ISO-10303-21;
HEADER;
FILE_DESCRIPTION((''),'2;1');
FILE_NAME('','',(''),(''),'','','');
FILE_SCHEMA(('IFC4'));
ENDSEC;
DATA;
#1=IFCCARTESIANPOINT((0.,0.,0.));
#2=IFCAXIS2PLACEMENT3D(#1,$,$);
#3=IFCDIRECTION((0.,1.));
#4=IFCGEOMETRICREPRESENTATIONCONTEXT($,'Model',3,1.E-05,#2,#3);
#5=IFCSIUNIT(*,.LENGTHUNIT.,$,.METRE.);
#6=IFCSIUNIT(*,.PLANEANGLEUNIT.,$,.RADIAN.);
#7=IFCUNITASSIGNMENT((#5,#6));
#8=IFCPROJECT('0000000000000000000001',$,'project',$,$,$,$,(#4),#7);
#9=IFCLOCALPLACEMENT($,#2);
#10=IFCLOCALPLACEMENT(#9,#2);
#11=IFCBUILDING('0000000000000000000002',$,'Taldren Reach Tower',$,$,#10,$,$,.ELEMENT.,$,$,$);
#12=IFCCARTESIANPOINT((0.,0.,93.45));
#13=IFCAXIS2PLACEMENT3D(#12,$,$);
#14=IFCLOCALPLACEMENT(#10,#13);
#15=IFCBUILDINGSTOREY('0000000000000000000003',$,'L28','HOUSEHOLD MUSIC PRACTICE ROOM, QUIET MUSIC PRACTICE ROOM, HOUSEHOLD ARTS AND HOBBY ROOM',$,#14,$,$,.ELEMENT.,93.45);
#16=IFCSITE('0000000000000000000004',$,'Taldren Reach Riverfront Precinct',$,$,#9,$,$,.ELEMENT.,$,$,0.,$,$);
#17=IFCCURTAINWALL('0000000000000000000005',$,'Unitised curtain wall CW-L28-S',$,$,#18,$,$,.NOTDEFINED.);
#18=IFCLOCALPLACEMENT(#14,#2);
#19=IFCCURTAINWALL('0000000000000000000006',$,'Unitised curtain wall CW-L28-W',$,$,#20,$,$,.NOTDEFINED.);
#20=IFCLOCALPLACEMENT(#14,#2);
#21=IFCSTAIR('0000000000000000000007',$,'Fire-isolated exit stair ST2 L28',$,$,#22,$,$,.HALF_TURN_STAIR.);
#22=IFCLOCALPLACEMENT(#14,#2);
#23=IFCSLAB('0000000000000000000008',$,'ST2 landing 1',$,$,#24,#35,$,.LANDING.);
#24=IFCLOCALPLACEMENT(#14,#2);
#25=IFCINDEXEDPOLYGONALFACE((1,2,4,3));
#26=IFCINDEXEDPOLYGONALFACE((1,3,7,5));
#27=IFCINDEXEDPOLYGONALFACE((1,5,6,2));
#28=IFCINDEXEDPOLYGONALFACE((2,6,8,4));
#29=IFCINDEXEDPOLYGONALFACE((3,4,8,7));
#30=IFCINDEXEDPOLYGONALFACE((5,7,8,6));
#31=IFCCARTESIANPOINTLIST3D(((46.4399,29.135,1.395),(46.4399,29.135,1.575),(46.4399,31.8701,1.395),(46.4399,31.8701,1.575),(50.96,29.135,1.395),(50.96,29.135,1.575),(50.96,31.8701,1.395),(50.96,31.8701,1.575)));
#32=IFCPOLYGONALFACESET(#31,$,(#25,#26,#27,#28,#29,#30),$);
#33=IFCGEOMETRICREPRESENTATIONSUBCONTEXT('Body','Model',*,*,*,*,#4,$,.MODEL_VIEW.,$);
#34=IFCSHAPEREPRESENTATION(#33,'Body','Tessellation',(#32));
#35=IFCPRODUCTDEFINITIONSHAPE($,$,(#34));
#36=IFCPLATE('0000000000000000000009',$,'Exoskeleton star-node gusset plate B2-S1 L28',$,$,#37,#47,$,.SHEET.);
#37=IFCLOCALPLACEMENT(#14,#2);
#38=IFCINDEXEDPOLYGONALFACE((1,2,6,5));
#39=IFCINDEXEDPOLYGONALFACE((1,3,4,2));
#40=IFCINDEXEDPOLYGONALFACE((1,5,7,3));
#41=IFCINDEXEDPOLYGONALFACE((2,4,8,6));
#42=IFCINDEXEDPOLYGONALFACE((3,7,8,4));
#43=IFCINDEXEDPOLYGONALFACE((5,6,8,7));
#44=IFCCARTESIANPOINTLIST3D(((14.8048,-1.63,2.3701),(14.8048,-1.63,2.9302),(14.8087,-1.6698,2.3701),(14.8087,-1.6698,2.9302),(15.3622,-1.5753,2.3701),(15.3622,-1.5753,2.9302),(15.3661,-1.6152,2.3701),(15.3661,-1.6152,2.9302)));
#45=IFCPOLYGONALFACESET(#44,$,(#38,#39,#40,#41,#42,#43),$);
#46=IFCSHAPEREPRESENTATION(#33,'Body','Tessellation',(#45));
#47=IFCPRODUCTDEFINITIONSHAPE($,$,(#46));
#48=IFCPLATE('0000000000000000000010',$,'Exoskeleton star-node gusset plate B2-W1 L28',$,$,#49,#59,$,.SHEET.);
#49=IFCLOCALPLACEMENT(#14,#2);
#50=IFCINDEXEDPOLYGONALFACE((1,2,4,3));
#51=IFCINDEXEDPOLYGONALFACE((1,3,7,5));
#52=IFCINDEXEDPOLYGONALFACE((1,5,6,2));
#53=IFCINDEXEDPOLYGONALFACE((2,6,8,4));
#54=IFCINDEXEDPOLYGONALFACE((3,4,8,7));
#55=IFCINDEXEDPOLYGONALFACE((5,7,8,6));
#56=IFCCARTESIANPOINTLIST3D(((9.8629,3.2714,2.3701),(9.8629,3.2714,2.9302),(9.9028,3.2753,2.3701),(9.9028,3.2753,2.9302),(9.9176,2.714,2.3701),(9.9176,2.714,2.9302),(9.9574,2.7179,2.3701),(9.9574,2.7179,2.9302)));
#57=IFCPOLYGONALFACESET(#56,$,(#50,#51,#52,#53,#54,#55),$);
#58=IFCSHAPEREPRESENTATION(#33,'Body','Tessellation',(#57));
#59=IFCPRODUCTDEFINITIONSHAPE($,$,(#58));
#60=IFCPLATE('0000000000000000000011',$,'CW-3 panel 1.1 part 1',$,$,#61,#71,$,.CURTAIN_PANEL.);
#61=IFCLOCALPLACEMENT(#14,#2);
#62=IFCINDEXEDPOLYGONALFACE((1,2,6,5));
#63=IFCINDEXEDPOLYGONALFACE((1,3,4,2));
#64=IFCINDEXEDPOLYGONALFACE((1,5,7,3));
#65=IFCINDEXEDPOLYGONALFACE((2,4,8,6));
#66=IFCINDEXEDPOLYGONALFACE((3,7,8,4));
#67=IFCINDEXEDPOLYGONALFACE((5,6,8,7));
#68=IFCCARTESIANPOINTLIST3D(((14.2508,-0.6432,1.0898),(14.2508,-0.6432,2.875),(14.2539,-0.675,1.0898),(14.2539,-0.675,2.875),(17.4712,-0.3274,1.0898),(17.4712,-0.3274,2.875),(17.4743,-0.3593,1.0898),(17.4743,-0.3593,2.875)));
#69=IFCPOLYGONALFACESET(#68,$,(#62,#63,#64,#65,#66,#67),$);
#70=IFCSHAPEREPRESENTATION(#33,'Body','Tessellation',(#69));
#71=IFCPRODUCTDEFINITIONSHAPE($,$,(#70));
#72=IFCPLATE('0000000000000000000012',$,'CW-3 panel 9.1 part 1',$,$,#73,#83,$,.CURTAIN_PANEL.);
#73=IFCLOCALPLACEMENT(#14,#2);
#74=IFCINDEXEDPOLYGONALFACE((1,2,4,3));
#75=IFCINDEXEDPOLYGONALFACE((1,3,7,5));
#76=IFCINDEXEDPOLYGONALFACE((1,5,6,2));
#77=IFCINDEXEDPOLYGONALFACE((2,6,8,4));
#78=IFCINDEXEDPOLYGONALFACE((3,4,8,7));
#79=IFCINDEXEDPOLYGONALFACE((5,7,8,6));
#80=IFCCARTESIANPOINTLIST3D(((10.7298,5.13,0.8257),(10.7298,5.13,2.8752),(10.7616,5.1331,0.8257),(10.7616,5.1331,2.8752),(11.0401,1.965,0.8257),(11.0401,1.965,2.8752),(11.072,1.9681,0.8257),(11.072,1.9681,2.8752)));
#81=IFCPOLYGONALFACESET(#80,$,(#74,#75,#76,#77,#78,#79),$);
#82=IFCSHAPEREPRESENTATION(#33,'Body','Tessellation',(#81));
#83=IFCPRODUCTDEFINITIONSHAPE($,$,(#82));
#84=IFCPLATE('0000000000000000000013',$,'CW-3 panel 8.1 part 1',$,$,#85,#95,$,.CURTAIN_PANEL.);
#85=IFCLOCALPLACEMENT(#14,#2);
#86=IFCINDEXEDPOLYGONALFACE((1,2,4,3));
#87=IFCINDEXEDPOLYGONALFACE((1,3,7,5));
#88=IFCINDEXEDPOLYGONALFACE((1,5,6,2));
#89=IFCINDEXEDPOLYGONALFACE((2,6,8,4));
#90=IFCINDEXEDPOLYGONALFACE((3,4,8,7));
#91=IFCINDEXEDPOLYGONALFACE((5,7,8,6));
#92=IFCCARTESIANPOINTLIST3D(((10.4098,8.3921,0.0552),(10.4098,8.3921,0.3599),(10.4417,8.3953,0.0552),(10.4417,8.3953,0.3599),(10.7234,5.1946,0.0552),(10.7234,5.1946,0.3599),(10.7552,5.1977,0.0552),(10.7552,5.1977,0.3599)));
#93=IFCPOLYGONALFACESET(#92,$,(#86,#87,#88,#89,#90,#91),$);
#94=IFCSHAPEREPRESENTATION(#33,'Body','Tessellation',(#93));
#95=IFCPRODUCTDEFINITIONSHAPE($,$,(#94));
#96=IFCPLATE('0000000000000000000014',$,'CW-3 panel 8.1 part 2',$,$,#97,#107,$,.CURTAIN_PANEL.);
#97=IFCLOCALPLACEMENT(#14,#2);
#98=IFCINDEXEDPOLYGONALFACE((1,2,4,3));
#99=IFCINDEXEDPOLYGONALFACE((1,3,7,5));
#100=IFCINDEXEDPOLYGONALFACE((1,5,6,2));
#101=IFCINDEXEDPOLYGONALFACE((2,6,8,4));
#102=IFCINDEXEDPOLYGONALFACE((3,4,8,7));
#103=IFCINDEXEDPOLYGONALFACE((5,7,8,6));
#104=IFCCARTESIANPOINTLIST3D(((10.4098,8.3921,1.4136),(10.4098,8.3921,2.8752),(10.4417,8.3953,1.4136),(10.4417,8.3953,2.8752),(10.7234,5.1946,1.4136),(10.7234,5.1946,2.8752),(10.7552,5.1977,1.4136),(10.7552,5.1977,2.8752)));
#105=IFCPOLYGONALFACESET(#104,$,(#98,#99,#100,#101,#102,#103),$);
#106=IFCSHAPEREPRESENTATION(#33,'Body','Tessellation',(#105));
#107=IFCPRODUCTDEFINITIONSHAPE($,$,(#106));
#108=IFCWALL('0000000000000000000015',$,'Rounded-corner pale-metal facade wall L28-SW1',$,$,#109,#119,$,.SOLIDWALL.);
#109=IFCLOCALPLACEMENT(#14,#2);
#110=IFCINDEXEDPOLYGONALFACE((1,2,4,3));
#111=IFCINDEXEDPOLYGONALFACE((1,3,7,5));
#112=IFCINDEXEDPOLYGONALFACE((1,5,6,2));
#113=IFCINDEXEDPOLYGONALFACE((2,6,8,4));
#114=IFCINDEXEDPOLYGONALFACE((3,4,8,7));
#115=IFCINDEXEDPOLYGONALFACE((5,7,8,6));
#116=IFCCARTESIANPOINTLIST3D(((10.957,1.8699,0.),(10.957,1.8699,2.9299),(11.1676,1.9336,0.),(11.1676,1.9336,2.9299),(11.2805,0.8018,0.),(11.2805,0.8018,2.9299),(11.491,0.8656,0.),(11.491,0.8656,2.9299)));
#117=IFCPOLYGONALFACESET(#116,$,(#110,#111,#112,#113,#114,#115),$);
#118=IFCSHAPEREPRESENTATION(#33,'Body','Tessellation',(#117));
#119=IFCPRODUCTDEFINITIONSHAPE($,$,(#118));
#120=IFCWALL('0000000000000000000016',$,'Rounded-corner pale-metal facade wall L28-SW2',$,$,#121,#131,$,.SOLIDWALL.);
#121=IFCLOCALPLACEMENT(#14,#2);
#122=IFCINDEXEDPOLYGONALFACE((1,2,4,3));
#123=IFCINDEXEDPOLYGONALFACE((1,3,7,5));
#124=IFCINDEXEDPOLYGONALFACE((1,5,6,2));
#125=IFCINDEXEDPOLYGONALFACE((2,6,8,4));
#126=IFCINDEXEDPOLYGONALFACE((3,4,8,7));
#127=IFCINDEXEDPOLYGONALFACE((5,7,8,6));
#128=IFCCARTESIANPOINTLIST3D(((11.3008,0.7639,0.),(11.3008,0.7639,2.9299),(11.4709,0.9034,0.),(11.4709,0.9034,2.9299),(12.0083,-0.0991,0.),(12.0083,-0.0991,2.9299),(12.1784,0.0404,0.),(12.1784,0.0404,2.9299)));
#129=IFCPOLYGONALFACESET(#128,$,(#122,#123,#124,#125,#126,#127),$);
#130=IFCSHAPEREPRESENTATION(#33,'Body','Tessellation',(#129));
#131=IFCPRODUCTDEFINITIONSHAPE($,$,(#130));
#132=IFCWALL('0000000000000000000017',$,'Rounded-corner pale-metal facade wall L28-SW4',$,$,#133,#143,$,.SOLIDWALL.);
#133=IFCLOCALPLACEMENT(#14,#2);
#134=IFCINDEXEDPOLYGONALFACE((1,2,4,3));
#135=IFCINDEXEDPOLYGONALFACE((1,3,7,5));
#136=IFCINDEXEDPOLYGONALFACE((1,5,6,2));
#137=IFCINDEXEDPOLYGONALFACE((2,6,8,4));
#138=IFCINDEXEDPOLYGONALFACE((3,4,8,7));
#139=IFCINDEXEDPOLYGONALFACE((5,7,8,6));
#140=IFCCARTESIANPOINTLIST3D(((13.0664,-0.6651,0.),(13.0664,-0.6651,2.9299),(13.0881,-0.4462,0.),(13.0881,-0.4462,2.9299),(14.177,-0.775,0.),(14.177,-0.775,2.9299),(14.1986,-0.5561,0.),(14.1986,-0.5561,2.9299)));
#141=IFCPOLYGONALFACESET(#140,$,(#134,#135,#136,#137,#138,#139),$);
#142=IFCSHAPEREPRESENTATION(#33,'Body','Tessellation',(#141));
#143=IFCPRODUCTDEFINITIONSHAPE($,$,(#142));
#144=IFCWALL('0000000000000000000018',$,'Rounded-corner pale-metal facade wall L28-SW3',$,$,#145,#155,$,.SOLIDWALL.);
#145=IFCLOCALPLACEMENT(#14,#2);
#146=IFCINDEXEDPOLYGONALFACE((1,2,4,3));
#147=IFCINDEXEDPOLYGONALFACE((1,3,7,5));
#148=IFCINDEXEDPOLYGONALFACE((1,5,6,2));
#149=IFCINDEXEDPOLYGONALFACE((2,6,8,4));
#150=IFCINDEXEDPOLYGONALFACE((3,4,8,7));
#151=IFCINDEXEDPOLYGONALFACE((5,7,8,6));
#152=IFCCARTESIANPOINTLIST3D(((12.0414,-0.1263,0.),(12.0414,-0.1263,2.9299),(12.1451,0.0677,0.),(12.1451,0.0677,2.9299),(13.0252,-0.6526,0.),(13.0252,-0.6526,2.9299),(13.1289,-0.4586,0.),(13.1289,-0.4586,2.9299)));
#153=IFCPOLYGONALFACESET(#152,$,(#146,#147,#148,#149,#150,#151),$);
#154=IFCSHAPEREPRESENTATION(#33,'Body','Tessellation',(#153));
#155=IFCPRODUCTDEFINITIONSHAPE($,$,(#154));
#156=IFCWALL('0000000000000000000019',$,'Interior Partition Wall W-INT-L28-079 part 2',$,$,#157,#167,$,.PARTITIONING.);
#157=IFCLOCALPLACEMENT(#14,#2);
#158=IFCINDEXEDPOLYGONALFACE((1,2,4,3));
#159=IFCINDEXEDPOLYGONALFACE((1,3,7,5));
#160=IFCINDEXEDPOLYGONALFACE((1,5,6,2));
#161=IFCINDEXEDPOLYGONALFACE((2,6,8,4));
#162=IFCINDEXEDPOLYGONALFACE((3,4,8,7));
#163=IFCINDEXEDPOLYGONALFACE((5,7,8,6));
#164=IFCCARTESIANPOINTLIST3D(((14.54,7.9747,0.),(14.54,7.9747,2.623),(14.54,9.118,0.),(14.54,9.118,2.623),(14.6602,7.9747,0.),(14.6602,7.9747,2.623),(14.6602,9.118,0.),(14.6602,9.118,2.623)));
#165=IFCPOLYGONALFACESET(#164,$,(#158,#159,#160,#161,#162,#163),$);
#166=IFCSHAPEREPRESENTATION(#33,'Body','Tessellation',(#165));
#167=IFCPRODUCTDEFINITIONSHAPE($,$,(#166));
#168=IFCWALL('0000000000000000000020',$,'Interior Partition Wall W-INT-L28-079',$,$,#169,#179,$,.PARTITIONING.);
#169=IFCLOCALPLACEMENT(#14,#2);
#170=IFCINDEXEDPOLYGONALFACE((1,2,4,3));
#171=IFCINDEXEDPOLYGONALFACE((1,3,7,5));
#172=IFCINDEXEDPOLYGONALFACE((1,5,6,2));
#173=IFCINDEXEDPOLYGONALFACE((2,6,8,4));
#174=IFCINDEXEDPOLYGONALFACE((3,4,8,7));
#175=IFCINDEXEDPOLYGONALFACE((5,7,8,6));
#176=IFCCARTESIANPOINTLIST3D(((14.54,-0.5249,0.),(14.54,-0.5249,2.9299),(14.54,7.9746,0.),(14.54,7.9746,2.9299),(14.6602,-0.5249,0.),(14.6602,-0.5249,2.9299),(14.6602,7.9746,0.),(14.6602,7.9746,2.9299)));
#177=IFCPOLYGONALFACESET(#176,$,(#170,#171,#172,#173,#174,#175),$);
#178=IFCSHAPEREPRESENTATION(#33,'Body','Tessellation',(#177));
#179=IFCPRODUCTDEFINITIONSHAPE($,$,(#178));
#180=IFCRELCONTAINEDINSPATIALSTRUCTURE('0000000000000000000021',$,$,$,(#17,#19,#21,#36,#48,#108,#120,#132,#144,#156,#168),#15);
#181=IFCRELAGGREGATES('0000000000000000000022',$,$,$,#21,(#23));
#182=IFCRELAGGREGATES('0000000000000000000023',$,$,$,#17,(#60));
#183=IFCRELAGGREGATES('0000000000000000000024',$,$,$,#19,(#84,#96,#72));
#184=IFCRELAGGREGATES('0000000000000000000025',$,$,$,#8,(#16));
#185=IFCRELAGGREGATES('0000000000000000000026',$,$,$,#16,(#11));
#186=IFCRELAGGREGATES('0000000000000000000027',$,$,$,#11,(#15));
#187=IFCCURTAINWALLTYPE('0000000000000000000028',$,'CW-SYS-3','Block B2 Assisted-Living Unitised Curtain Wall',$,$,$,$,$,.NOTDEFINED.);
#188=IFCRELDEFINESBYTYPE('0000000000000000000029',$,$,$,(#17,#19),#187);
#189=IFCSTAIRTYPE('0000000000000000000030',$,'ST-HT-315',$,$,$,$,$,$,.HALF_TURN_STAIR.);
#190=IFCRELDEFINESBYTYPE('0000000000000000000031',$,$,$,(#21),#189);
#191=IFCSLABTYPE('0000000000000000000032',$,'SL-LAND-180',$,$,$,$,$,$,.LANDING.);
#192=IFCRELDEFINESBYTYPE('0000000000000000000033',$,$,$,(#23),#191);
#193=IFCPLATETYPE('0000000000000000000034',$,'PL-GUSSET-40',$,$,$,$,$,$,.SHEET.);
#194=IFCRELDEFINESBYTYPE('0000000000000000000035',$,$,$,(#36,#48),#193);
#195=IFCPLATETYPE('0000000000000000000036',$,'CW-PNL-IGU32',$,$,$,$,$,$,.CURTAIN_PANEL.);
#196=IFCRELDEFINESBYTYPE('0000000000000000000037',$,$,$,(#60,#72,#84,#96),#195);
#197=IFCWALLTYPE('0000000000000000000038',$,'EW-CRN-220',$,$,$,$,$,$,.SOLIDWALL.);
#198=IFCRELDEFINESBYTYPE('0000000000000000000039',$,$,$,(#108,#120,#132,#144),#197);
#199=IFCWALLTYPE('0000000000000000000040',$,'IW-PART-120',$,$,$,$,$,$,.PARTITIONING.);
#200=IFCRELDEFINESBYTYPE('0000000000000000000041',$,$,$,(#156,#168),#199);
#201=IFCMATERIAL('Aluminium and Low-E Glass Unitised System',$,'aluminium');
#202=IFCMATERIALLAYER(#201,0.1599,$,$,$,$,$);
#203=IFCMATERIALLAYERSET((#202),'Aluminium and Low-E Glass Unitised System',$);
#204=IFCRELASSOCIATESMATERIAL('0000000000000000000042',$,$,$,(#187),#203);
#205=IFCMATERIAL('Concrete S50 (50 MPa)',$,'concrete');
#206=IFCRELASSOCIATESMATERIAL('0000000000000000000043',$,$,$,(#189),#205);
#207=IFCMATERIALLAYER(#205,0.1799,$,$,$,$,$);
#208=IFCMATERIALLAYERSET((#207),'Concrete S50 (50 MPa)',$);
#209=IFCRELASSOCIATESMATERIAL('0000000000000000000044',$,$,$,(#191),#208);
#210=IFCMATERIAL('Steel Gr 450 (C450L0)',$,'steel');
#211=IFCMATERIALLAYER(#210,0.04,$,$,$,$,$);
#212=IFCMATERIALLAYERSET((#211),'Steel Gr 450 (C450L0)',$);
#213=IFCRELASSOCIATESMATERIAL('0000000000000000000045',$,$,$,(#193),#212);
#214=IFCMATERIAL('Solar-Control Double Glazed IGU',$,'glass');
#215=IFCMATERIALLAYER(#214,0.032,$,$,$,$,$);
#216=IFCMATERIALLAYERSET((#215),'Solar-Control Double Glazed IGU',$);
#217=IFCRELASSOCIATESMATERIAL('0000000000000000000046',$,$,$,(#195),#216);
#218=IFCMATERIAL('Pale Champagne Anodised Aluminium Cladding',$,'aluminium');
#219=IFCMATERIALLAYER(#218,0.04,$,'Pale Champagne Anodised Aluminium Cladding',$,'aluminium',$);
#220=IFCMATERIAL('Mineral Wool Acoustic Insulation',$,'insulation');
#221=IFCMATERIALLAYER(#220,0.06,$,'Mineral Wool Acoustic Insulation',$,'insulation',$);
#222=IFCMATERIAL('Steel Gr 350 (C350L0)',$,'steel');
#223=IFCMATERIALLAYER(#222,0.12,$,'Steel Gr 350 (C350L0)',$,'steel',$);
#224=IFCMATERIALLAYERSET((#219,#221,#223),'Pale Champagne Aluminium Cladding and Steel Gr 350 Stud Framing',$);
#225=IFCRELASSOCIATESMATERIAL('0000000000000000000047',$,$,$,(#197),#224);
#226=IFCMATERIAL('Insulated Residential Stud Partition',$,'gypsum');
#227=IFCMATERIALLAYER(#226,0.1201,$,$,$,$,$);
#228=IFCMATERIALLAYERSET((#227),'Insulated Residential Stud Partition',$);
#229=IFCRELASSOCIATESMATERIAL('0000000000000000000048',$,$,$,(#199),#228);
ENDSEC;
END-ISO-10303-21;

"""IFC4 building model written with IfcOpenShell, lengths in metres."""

from ifc_helpers import new_model, si_unit, direction, frame, frame_2d, origin, origin_2d, place, context, subcontext, project, spatial, polyline, rectangle, outline, extrude, source, transform, mapped, material, layer, layer_set, type_object, element, aggregate, save


model = new_model("IFC4")

# Units and contexts
model_context = context("Model", 3, precision=1e-05, world=origin(), true_north=direction((0.0, 1.0)))
body_context = subcontext(model_context, "Body", "Model", "MODEL_VIEW")
ifc_project = project(units=[si_unit("LENGTHUNIT", "METRE"), si_unit("PLANEANGLEUNIT", "RADIAN")], contexts=[model_context])

# Site, building, storey
site_placement = place(None, origin())
site = spatial("IfcSite", under=ifc_project, at=site_placement, Name="Taldren Reach Riverfront Precinct", CompositionType="ELEMENT", RefElevation=0.0)
building_placement = place(site_placement, origin())
building = spatial("IfcBuilding", under=site, at=building_placement, Name="Taldren Reach Tower", CompositionType="ELEMENT")
storey_placement = place(building_placement, frame((0.0, 0.0, 93.45)))
storey = spatial("IfcBuildingStorey", under=building, at=storey_placement, Name="L28", Description="HOUSEHOLD MUSIC PRACTICE ROOM, QUIET MUSIC PRACTICE ROOM, HOUSEHOLD ARTS AND HOBBY ROOM", CompositionType="ELEMENT", Elevation=93.45)

# Shared definitions
ifc_material_1 = material(Name="Steel Gr 450 (C450L0)", Category="steel")
ifc_material_2 = material(Name="Steel Gr 350 (C350L0)", Category="steel")

# Curtain wall
ifc_material_3 = material(Name="Aluminium and Low-E Glass Unitised System", Category="aluminium")
ifc_layer_1 = layer(ifc_material_3, 0.1599)
ifc_layer_set_1 = layer_set([ifc_layer_1], Name="Aluminium and Low-E Glass Unitised System")
curtain_wall_type = type_object("IfcCurtainWallType", Name="CW-SYS-3", Description="Block B2 Assisted-Living Unitised Curtain Wall", PredefinedType="NOTDEFINED", material=ifc_layer_set_1)
curtain_wall_1_placement = place(storey_placement, origin())
curtain_wall_1 = element("IfcCurtainWall", 1, at=curtain_wall_1_placement, inside=storey, type_object=curtain_wall_type, Name="Unitised curtain wall CW-L28-S", PredefinedType="NOTDEFINED")

# Curtain wall
curtain_wall_2_placement = place(storey_placement, origin())
curtain_wall_2 = element("IfcCurtainWall", 2, at=curtain_wall_2_placement, inside=storey, type_object=curtain_wall_type, Name="Unitised curtain wall CW-L28-W", PredefinedType="NOTDEFINED")

# Stair, slab
ifc_material_4 = material(Name="Concrete S50 (50 MPa)", Category="concrete")
stair_type = type_object("IfcStairType", Name="ST-HT-315", PredefinedType="HALF_TURN_STAIR", material=ifc_material_4)
ifc_layer_2 = layer(ifc_material_4, 0.1799)
ifc_layer_set_2 = layer_set([ifc_layer_2], Name="Concrete S50 (50 MPa)")
slab_type_1 = type_object("IfcSlabType", Name="SL-LAND-180", PredefinedType="LANDING", material=ifc_layer_set_2)
stair_1_placement = place(storey_placement, origin())
stair_1 = element("IfcStair", 3, at=stair_1_placement, inside=storey, type_object=stair_type, Name="Fire-isolated exit stair ST2 L28", PredefinedType="HALF_TURN_STAIR")
slab_1_placement = place(storey_placement, frame((0.0, 0.0, 1.395)))
slab_1 = element("IfcSlab", 4, at=slab_1_placement, type_object=slab_type_1, Name="ST2 landing 1", PredefinedType="LANDING", context=body_context, shape_type="SweptSolid", body=[
    extrude(outline(polyline([(46.4399, 29.135), (50.96, 29.135), (50.96, 31.8701), (46.4399, 31.8701), (46.4399, 29.135)])), origin(), (0.0, 0.0, 1.0), 0.1799),
])
aggregate(stair_1, [slab_1])

# Plates
ifc_layer_3 = layer(ifc_material_1, 0.04)
ifc_layer_set_3 = layer_set([ifc_layer_3], Name="Steel Gr 450 (C450L0)")
plate_type_1 = type_object("IfcPlateType", Name="PL-GUSSET-40", PredefinedType="SHEET", material=ifc_layer_set_3)
shared_shape_1 = source(origin(), body_context, "Body", "SweptSolid", [
    extrude(rectangle(XDim=0.5601, YDim=0.04, at=origin_2d()), origin(), (0.0, 0.0, 1.0), 0.5601),
])
for number, where, z_axis, x_axis, name in (
    (5, (15.0854, -1.6226, 2.3701), (0.0, 0.0, 1.0), (0.995227, 0.097583, 0.0), "Exoskeleton star-node gusset plate B2-S1 L28"),
    (6, (9.9102, 2.9946, 2.3701), (0.0, 0.0, 1.0), (-0.097583, 0.995227, 0.0), "Exoskeleton star-node gusset plate B2-W1 L28"),
):
    element("IfcPlate", number, at=place(storey_placement, frame(where, z_axis=z_axis, x_axis=x_axis)), inside=storey, type_object=plate_type_1, Name=name, PredefinedType="SHEET", context=body_context, shape_type="MappedRepresentation", body=[
        mapped(shared_shape_1, transform((0.0, 0.0, 0.0), scale=1.0)),
    ])

# Plates
ifc_material_5 = material(Name="Solar-Control Double Glazed IGU", Category="glass")
ifc_layer_4 = layer(ifc_material_5, 0.032)
ifc_layer_set_4 = layer_set([ifc_layer_4], Name="Solar-Control Double Glazed IGU")
plate_type_2 = type_object("IfcPlateType", Name="CW-PNL-IGU32", PredefinedType="CURTAIN_PANEL", material=ifc_layer_set_4)
shared_shape_2 = source(origin(), body_context, "Body", "SweptSolid", [
    extrude(rectangle(XDim=3.2358, YDim=0.032, at=origin_2d()), origin(), (0.0, 0.0, 1.0), 1.7852),
])
plate_1_placement = place(storey_placement, frame((15.8625, -0.5012, 1.0898), z_axis=(0.0, 0.0, 1.0), x_axis=(0.995227, 0.097583, 0.0)))
plate_1 = element("IfcPlate", 7, at=plate_1_placement, type_object=plate_type_2, Name="CW-3 panel 1.1 part 1", PredefinedType="CURTAIN_PANEL", context=body_context, shape_type="MappedRepresentation", body=[
    mapped(shared_shape_2, transform((0.0, 0.0, 0.0), scale=1.0)),
])
aggregate(curtain_wall_1, [plate_1])
shared_shape_3 = source(origin(), body_context, "Body", "SweptSolid", [
    extrude(rectangle(XDim=3.1802, YDim=0.032, at=origin_2d()), origin(), (0.0, 0.0, 1.0), 2.0496),
])
plate_2_placement = place(storey_placement, frame((10.9009, 3.5491, 0.8257), z_axis=(0.0, 0.0, 1.0), x_axis=(0.097583, -0.995227, 0.0)))
plate_2 = element("IfcPlate", 8, at=plate_2_placement, type_object=plate_type_2, Name="CW-3 panel 9.1 part 1", PredefinedType="CURTAIN_PANEL", context=body_context, shape_type="MappedRepresentation", body=[
    mapped(shared_shape_3, transform((0.0, 0.0, 0.0), scale=1.0)),
])
shared_shape_4 = source(origin(), body_context, "Body", "SweptSolid", [
    extrude(rectangle(XDim=3.2129, YDim=0.032, at=origin_2d()), origin(), (0.0, 0.0, 1.0), 0.3047),
])
plate_3_placement = place(storey_placement, frame((10.5825, 6.7949, 0.0552), z_axis=(0.0, 0.0, 1.0), x_axis=(0.097583, -0.995227, 0.0)))
plate_3 = element("IfcPlate", 9, at=plate_3_placement, type_object=plate_type_2, Name="CW-3 panel 8.1 part 1", PredefinedType="CURTAIN_PANEL", context=body_context, shape_type="MappedRepresentation", body=[
    mapped(shared_shape_4, transform((0.0, 0.0, 0.0), scale=1.0)),
])
shared_shape_5 = source(origin(), body_context, "Body", "SweptSolid", [
    extrude(rectangle(XDim=3.2129, YDim=0.032, at=origin_2d()), origin(), (0.0, 0.0, 1.0), 1.4617),
])
plate_4_placement = place(storey_placement, frame((10.5825, 6.7949, 1.4136), z_axis=(0.0, 0.0, 1.0), x_axis=(0.097583, -0.995227, 0.0)))
plate_4 = element("IfcPlate", 10, at=plate_4_placement, type_object=plate_type_2, Name="CW-3 panel 8.1 part 2", PredefinedType="CURTAIN_PANEL", context=body_context, shape_type="MappedRepresentation", body=[
    mapped(shared_shape_5, transform((0.0, 0.0, 0.0), scale=1.0)),
])
aggregate(curtain_wall_2, [plate_3, plate_4, plate_2])

# Walls
ifc_material_6 = material(Name="Pale Champagne Anodised Aluminium Cladding", Category="aluminium")
ifc_layer_5 = layer(ifc_material_6, 0.04, Name="Pale Champagne Anodised Aluminium Cladding", Category="aluminium")
ifc_material_7 = material(Name="Mineral Wool Acoustic Insulation", Category="insulation")
ifc_layer_6 = layer(ifc_material_7, 0.06, Name="Mineral Wool Acoustic Insulation", Category="insulation")
ifc_layer_7 = layer(ifc_material_2, 0.12, Name="Steel Gr 350 (C350L0)", Category="steel")
ifc_layer_set_5 = layer_set([ifc_layer_5, ifc_layer_6, ifc_layer_7], Name="Pale Champagne Aluminium Cladding and Steel Gr 350 Stud Framing")
wall_type_1 = type_object("IfcWallType", Name="EW-CRN-220", PredefinedType="SOLIDWALL", material=ifc_layer_set_5)
shared_shape_6 = source(origin(), body_context, "Body", "SweptSolid", [
    extrude(rectangle(XDim=1.116, YDim=0.22, at=frame_2d((0.5581, 0.0))), origin(), (0.0, 0.0, 1.0), 2.9299),
])
for number, where, z_axis, x_axis, name in (
    (11, (11.0623, 1.9019, 0.0), (0.0, 0.0, 1.0), (0.289856, -0.95707, 0.0), "Rounded-corner pale-metal facade wall L28-SW1"),
    (12, (11.3857, 0.8337, 0.0), (0.0, 0.0, 1.0), (0.633988, -0.773343, 0.0), "Rounded-corner pale-metal facade wall L28-SW2"),
    (13, (13.0771, -0.5557, 0.0), (0.0, 0.0, 1.0), (0.995143, -0.098442, 0.0), "Rounded-corner pale-metal facade wall L28-SW4"),
):
    element("IfcWall", number, at=place(storey_placement, frame(where, z_axis=z_axis, x_axis=x_axis)), inside=storey, type_object=wall_type_1, Name=name, PredefinedType="SOLIDWALL", context=body_context, shape_type="MappedRepresentation", body=[
        mapped(shared_shape_6, transform((0.0, 0.0, 0.0), scale=1.0)),
    ])
shared_shape_7 = source(origin(), body_context, "Body", "SweptSolid", [
    extrude(rectangle(XDim=1.1157, YDim=0.22, at=frame_2d((0.5579, 0.0))), origin(), (0.0, 0.0, 1.0), 2.9299),
])
wall_1_placement = place(storey_placement, frame((12.0933, -0.0293, 0.0), z_axis=(0.0, 0.0, 1.0), x_axis=(0.881747, -0.471723, 0.0)))
element("IfcWall", 14, at=wall_1_placement, inside=storey, type_object=wall_type_1, Name="Rounded-corner pale-metal facade wall L28-SW3", PredefinedType="SOLIDWALL", context=body_context, shape_type="MappedRepresentation", body=[
    mapped(shared_shape_7, transform((0.0, 0.0, 0.0), scale=1.0)),
])
ifc_material_8 = material(Name="Insulated Residential Stud Partition", Category="gypsum")
ifc_layer_8 = layer(ifc_material_8, 0.1201)
ifc_layer_set_6 = layer_set([ifc_layer_8], Name="Insulated Residential Stud Partition")
wall_type_2 = type_object("IfcWallType", Name="IW-PART-120", PredefinedType="PARTITIONING", material=ifc_layer_set_6)
shared_shape_8 = source(origin(), body_context, "Body", "SweptSolid", [
    extrude(rectangle(XDim=1.1433, YDim=0.1201, at=frame_2d((0.5718, 0.0))), origin(), (0.0, 0.0, 1.0), 2.623),
])
wall_2_placement = place(storey_placement, frame((14.6001, 7.9746, 0.0), z_axis=(0.0, 0.0, 1.0), x_axis=(0.0, 1.0, 0.0)))
element("IfcWall", 15, at=wall_2_placement, inside=storey, type_object=wall_type_2, Name="Interior Partition Wall W-INT-L28-079 part 2", PredefinedType="PARTITIONING", context=body_context, shape_type="MappedRepresentation", body=[
    mapped(shared_shape_8, transform((0.0, 0.0, 0.0), scale=1.0)),
])
shared_shape_9 = source(origin(), body_context, "Body", "SweptSolid", [
    extrude(rectangle(XDim=8.4995, YDim=0.1201, at=frame_2d((4.2498, 0.0))), origin(), (0.0, 0.0, 1.0), 2.9299),
])
wall_3_placement = place(storey_placement, frame((14.6001, -0.5249, 0.0), z_axis=(0.0, 0.0, 1.0), x_axis=(0.0, 1.0, 0.0)))
element("IfcWall", 16, at=wall_3_placement, inside=storey, type_object=wall_type_2, Name="Interior Partition Wall W-INT-L28-079", PredefinedType="PARTITIONING", context=body_context, shape_type="MappedRepresentation", body=[
    mapped(shared_shape_9, transform((0.0, 0.0, 0.0), scale=1.0)),
])

save(model, "model.ifc")
